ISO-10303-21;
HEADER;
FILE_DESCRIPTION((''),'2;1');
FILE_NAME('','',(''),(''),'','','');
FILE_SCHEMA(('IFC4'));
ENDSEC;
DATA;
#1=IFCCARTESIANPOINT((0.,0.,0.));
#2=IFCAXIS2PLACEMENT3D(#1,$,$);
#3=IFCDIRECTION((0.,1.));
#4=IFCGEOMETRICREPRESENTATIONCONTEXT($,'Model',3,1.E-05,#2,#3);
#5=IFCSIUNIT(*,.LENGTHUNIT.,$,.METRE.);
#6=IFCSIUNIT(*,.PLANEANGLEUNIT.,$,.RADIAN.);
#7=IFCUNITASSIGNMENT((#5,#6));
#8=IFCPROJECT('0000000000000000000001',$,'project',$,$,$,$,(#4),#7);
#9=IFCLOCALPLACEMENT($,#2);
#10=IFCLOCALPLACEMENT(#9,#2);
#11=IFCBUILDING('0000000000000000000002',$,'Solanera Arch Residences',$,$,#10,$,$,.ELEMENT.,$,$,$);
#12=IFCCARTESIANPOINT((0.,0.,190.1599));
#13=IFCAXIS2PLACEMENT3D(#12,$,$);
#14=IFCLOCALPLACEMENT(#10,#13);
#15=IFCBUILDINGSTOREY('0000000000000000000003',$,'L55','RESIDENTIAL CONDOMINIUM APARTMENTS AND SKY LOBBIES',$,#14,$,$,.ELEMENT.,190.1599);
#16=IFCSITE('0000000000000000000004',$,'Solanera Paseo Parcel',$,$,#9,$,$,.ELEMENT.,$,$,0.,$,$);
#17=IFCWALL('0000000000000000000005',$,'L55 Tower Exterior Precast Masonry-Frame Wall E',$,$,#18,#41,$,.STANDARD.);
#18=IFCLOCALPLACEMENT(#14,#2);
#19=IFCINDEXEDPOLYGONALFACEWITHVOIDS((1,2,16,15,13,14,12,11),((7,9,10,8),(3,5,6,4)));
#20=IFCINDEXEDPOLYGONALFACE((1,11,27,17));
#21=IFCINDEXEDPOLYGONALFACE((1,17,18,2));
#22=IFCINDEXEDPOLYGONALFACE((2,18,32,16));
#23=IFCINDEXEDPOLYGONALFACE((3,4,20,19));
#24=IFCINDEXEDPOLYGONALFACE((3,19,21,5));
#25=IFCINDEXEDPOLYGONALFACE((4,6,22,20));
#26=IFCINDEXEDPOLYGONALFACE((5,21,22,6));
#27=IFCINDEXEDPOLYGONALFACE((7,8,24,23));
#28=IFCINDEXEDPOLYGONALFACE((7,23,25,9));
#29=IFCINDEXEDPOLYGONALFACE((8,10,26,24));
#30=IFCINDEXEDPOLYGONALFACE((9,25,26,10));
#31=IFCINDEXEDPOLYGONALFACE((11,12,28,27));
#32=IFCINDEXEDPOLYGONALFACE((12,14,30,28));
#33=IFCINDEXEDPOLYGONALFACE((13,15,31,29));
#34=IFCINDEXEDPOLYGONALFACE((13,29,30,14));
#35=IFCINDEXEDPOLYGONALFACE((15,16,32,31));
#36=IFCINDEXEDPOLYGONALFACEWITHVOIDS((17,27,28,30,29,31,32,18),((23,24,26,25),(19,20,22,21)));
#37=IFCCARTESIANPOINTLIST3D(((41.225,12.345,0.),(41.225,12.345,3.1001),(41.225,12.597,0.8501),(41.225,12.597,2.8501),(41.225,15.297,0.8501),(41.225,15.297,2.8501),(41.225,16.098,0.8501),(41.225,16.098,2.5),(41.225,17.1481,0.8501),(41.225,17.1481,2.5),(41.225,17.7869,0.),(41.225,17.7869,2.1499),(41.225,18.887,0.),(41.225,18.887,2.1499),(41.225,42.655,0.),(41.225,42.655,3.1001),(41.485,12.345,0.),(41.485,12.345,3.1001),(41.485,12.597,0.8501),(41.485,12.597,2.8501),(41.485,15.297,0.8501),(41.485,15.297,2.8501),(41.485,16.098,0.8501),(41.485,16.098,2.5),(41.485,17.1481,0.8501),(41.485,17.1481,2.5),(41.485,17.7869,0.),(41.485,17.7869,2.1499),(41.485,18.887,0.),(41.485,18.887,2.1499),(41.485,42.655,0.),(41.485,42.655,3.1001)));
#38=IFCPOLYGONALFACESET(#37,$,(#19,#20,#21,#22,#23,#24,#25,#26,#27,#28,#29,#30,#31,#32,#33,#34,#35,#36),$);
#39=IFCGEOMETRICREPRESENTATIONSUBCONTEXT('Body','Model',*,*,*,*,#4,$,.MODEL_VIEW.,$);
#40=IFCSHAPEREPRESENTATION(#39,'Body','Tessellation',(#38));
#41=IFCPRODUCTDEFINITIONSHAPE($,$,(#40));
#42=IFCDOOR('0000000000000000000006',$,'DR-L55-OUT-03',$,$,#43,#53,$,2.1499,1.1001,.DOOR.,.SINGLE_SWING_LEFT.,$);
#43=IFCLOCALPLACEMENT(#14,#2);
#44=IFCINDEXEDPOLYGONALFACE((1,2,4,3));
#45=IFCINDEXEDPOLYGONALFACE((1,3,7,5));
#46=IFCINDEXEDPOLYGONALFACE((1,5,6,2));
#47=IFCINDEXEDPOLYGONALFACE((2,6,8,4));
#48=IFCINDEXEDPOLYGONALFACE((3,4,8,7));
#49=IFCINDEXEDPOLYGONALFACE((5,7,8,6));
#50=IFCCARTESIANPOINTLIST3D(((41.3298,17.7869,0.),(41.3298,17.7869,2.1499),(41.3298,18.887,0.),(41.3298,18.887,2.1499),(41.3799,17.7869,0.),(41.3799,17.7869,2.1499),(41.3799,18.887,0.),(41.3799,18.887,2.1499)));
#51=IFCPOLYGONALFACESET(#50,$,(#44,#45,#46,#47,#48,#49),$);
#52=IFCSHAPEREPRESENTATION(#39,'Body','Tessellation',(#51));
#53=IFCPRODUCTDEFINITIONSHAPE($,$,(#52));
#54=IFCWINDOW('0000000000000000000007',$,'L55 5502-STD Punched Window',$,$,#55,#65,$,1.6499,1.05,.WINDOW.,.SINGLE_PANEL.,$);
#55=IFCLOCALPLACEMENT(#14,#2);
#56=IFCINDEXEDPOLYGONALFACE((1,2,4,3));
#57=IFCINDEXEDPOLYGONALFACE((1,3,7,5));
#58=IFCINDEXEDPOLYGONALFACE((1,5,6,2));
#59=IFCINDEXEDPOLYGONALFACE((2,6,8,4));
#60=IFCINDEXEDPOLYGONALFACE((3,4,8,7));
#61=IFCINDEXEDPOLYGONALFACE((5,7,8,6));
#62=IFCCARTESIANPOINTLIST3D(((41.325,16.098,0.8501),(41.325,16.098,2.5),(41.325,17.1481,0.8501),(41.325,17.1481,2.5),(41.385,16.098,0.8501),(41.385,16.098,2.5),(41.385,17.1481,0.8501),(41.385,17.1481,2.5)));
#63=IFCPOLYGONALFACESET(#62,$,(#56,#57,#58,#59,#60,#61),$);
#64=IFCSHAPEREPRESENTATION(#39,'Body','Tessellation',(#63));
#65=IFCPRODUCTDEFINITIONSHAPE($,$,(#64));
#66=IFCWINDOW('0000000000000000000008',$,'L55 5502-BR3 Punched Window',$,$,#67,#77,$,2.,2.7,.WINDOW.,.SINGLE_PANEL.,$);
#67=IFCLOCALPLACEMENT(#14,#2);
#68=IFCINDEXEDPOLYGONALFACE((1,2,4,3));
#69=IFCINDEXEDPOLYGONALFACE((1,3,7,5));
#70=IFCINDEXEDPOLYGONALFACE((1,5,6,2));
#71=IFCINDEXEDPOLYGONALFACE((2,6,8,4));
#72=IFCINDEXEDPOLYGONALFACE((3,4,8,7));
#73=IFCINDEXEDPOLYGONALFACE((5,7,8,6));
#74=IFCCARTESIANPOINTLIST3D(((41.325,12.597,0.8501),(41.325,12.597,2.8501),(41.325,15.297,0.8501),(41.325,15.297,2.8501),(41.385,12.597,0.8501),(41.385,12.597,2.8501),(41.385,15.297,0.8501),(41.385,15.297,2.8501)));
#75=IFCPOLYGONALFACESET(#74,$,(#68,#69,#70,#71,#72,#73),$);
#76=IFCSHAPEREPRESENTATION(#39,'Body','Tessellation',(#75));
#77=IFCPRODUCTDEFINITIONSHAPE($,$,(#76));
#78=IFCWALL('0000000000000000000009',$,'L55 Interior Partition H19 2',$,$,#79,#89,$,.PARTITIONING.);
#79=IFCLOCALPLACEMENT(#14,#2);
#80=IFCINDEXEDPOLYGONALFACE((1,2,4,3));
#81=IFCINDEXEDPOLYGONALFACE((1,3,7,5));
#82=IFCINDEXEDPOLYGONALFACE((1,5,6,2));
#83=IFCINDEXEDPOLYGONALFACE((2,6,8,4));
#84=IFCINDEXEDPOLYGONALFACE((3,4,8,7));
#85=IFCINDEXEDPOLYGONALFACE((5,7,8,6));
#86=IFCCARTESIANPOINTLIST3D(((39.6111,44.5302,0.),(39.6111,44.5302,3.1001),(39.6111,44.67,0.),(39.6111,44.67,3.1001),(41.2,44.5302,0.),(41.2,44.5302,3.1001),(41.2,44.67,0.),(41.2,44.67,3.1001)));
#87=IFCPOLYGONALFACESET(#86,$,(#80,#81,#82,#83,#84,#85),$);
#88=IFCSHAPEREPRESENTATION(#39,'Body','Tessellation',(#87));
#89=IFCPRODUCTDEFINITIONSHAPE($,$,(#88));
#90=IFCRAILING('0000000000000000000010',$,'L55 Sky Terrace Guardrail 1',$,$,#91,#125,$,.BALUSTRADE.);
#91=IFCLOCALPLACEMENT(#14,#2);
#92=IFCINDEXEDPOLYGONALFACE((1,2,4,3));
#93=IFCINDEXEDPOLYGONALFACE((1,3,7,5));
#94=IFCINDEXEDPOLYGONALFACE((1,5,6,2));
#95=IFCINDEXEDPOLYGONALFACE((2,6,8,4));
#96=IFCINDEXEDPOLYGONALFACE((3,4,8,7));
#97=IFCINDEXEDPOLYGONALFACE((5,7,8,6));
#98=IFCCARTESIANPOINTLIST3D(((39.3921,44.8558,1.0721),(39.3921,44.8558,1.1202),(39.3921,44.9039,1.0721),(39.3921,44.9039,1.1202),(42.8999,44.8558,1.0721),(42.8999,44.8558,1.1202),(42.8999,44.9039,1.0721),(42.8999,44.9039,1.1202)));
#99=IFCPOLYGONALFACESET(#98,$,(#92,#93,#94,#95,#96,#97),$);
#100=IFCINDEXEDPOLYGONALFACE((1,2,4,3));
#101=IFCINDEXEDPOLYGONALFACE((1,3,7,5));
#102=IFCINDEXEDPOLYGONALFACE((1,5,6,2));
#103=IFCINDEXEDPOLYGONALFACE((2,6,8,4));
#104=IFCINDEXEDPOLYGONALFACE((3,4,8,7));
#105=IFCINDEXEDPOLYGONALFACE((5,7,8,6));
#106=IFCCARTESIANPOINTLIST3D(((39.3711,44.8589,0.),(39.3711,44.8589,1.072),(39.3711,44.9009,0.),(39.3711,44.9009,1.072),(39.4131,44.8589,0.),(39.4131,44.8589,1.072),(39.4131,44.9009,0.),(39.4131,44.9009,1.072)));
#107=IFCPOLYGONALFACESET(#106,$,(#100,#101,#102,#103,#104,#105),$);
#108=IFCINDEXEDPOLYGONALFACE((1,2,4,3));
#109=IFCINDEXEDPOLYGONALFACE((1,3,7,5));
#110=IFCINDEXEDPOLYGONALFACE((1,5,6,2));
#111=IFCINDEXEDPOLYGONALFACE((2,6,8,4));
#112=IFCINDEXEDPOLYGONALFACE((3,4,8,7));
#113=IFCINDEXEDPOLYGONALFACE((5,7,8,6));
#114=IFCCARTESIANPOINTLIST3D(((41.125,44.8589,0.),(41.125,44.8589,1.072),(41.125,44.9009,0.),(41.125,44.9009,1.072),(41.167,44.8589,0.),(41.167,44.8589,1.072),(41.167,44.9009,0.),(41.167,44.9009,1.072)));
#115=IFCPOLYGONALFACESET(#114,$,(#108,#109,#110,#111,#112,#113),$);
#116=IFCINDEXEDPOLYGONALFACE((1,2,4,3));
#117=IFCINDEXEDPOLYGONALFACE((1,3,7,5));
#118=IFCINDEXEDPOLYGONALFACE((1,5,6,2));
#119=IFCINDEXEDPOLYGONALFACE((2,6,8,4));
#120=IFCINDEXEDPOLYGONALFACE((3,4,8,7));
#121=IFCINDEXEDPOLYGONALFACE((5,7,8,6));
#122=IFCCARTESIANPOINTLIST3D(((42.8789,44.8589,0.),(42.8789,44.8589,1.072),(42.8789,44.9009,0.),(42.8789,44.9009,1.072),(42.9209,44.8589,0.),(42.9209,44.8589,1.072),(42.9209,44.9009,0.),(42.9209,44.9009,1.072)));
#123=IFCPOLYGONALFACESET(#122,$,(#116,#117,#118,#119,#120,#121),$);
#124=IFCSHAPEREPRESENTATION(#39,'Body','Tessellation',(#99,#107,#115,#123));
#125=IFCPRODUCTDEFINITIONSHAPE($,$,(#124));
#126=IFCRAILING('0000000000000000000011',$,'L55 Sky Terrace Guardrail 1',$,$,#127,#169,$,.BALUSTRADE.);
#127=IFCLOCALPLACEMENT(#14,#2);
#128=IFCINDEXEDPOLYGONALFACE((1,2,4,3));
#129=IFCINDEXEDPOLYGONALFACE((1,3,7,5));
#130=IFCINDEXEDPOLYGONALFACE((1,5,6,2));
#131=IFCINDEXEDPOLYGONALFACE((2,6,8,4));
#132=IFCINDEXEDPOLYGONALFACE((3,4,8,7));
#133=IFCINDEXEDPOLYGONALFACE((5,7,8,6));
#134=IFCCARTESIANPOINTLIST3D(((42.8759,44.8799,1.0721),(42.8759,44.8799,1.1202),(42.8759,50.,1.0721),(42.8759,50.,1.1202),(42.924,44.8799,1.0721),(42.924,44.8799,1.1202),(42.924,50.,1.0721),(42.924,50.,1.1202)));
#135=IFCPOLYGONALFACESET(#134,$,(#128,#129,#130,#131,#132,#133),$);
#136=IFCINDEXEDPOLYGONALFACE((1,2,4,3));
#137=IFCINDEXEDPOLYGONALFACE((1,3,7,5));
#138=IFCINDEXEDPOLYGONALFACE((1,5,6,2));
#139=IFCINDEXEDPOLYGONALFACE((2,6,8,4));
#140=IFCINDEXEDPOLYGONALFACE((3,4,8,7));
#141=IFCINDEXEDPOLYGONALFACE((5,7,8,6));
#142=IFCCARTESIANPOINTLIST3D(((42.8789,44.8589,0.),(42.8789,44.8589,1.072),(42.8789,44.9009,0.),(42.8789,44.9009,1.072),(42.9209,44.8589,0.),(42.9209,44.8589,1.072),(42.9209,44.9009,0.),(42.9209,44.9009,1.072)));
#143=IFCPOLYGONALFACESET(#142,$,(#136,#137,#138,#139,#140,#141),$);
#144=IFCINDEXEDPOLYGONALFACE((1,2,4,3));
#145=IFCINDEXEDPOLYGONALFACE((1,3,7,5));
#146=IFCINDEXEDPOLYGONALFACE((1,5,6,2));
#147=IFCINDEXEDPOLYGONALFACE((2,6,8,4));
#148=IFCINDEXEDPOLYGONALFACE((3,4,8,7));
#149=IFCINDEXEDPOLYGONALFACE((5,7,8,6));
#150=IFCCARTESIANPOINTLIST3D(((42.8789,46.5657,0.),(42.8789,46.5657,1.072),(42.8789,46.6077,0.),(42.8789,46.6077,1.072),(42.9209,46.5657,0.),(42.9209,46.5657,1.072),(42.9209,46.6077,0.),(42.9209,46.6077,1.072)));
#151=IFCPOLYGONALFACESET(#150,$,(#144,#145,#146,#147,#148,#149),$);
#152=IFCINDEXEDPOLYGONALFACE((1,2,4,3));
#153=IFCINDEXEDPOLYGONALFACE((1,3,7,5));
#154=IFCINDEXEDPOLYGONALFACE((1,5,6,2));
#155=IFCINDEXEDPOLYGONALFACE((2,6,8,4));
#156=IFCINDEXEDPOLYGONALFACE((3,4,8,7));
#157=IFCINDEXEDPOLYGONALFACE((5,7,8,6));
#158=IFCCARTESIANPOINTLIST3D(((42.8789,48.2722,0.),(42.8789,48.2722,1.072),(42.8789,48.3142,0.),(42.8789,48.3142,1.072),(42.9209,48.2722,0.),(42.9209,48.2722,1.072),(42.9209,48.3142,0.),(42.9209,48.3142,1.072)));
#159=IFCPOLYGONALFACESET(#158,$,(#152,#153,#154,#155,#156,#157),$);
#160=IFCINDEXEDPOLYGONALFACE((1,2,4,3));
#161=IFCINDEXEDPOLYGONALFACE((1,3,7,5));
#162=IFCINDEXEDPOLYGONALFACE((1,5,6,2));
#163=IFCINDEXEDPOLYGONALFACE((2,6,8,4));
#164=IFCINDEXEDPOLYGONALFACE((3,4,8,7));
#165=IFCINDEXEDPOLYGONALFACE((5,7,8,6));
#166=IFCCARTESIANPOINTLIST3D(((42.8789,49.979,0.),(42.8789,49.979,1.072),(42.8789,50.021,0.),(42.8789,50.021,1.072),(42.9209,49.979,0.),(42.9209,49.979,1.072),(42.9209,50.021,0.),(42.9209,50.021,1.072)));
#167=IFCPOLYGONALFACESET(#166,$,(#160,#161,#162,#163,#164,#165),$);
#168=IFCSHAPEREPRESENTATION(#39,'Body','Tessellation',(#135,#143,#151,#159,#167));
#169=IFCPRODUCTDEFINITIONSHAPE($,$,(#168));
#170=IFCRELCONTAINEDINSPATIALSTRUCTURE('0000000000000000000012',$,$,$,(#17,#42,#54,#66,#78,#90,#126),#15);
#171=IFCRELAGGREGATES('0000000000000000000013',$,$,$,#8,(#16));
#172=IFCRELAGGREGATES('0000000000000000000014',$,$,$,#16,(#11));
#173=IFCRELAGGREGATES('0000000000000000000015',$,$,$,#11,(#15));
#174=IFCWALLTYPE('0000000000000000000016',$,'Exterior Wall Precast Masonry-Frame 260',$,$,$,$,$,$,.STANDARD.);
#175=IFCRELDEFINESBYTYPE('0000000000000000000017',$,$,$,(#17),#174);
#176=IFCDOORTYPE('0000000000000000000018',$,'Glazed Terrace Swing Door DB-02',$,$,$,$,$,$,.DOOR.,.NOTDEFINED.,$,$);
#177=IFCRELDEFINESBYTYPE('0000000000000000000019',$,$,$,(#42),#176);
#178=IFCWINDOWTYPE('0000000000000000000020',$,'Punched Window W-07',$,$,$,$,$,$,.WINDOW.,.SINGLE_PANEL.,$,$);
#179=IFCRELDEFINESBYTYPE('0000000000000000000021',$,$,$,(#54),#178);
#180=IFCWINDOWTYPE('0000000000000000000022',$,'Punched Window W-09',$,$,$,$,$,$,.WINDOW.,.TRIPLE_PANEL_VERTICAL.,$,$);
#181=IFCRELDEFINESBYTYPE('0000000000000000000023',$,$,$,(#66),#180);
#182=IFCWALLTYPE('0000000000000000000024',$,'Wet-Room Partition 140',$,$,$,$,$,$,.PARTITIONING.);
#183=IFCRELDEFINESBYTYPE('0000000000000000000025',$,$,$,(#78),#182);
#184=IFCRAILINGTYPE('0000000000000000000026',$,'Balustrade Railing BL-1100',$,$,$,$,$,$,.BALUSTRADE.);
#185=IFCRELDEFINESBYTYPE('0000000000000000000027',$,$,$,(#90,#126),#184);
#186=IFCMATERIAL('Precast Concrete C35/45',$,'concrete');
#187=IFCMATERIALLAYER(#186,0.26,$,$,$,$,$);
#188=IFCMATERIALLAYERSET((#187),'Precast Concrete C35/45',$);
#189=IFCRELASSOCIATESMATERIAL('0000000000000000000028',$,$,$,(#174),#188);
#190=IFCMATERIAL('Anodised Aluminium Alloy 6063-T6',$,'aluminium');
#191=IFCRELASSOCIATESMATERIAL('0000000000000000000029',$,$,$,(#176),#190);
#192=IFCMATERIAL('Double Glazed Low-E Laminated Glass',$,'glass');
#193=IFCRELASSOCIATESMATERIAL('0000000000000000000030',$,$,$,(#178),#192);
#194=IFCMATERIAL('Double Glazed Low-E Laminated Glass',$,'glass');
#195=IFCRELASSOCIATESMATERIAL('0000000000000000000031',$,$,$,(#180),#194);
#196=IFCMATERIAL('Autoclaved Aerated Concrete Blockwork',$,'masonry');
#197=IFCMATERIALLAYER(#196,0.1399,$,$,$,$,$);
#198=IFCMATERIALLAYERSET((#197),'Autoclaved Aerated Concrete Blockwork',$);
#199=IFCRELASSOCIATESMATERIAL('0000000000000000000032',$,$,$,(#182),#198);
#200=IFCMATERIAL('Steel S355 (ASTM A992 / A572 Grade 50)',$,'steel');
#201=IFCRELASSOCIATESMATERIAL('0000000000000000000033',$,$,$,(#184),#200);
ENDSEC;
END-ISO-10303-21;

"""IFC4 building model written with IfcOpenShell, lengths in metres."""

from ifc_helpers import new_model, si_unit, direction, frame, frame_2d, origin, origin_2d, place, context, subcontext, project, spatial, rectangle, extrude, material, layer, layer_set, type_object, element, fill, save


model = new_model("IFC4")

# Units and contexts
model_context = context("Model", 3, precision=1e-05, world=origin(), true_north=direction((0.0, 1.0)))
body_context = subcontext(model_context, "Body", "Model", "MODEL_VIEW")
ifc_project = project(units=[si_unit("LENGTHUNIT", "METRE"), si_unit("PLANEANGLEUNIT", "RADIAN")], contexts=[model_context])

# Site, building, storey
site_placement = place(None, origin())
site = spatial("IfcSite", under=ifc_project, at=site_placement, Name="Solanera Paseo Parcel", CompositionType="ELEMENT", RefElevation=0.0)
building_placement = place(site_placement, origin())
building = spatial("IfcBuilding", under=site, at=building_placement, Name="Solanera Arch Residences", CompositionType="ELEMENT")
storey_placement = place(building_placement, frame((0.0, 0.0, 190.1599)))
storey = spatial("IfcBuildingStorey", under=building, at=storey_placement, Name="L55", Description="RESIDENTIAL CONDOMINIUM APARTMENTS AND SKY LOBBIES", CompositionType="ELEMENT", Elevation=190.1599)

# Shared definitions
ifc_material_1 = material(Name="Precast Concrete C35/45", Category="concrete")
ifc_layer_1 = layer(ifc_material_1, 0.26)
ifc_layer_set_1 = layer_set([ifc_layer_1], Name="Precast Concrete C35/45")
wall_type_1 = type_object("IfcWallType", Name="Exterior Wall Precast Masonry-Frame 260", PredefinedType="STANDARD", material=ifc_layer_set_1)

# Wall, openings, door, windows
wall_1_placement = place(storey_placement, frame((41.355, 42.655, 0.0), z_axis=(0.0, 0.0, 1.0), x_axis=(0.0, -1.0, 0.0)))
wall_1 = element("IfcWall", 1, at=wall_1_placement, inside=storey, type_object=wall_type_1, Name="L55 Tower Exterior Precast Masonry-Frame Wall E", PredefinedType="STANDARD", context=body_context, shape_type="SweptSolid", body=[
    extrude(rectangle(XDim=30.3101, YDim=0.26, at=frame_2d((15.155, 0.0))), origin(), (0.0, 0.0, 1.0), 3.1001),
])
opening_1_placement = place(wall_1_placement, frame((23.7681, 0.0, 0.0)))
opening_1 = element("IfcOpeningElement", 2, at=opening_1_placement, cuts=wall_1, PredefinedType="OPENING", context=body_context, shape_type="SweptSolid", body=[
    extrude(rectangle(XDim=1.1001, YDim=2.1499, at=frame_2d((0.55, 1.075))), frame((0.0, 0.1399, 0.0), z_axis=(0.0, -1.0, 0.0), x_axis=(1.0, 0.0, 0.0)), (0.0, 0.0, 1.0), 0.28),
])
opening_2_placement = place(wall_1_placement, frame((25.5071, 0.0, 0.8501)))
opening_2 = element("IfcOpeningElement", 3, at=opening_2_placement, cuts=wall_1, PredefinedType="OPENING", context=body_context, shape_type="SweptSolid", body=[
    extrude(rectangle(XDim=1.05, YDim=1.6499, at=frame_2d((0.5249, 0.825))), frame((0.0, 0.1399, 0.0), z_axis=(0.0, -1.0, 0.0), x_axis=(1.0, 0.0, 0.0)), (0.0, 0.0, 1.0), 0.28),
])
opening_3_placement = place(wall_1_placement, frame((27.3579, 0.0, 0.8501)))
opening_3 = element("IfcOpeningElement", 4, at=opening_3_placement, cuts=wall_1, PredefinedType="OPENING", context=body_context, shape_type="SweptSolid", body=[
    extrude(rectangle(XDim=2.7, YDim=2.0, at=frame_2d((1.3501, 1.0))), frame((0.0, 0.1399, 0.0), z_axis=(0.0, -1.0, 0.0), x_axis=(1.0, 0.0, 0.0)), (0.0, 0.0, 1.0), 0.28),
])
ifc_material_2 = material(Name="Anodised Aluminium Alloy 6063-T6", Category="aluminium")
door_type = type_object("IfcDoorType", Name="Glazed Terrace Swing Door DB-02", OperationType="NOTDEFINED", PredefinedType="DOOR", material=ifc_material_2)
door_placement = place(opening_1_placement, origin())
door = element("IfcDoor", 5, at=door_placement, inside=storey, type_object=door_type, Name="DR-L55-OUT-03", OperationType="SINGLE_SWING_LEFT", OverallHeight=2.1499, OverallWidth=1.1001, PredefinedType="DOOR", context=body_context, shape_type="SweptSolid", body=[
    extrude(rectangle(XDim=1.1001, YDim=2.1499, at=frame_2d((0.55, 1.075))), frame((0.0, 0.0249, 0.0), z_axis=(0.0, -1.0, 0.0), x_axis=(1.0, 0.0, 0.0)), (0.0, 0.0, 1.0), 0.05),
])
fill(opening_1, door)
ifc_material_3 = material(Name="Double Glazed Low-E Laminated Glass", Category="glass")
window_type_1 = type_object("IfcWindowType", Name="Punched Window W-07", PartitioningType="SINGLE_PANEL", PredefinedType="WINDOW", material=ifc_material_3)
window_1_placement = place(opening_2_placement, origin())
window_1 = element("IfcWindow", 6, at=window_1_placement, inside=storey, type_object=window_type_1, Name="L55 5502-STD Punched Window", OverallHeight=1.6499, OverallWidth=1.05, PartitioningType="SINGLE_PANEL", PredefinedType="WINDOW", context=body_context, shape_type="SweptSolid", body=[
    extrude(rectangle(XDim=1.05, YDim=1.6499, at=frame_2d((0.5249, 0.825))), frame((0.0, 0.03, 0.0), z_axis=(0.0, -1.0, 0.0), x_axis=(1.0, 0.0, 0.0)), (0.0, 0.0, 1.0), 0.0601),
])
fill(opening_2, window_1)
ifc_material_4 = material(Name="Double Glazed Low-E Laminated Glass", Category="glass")
window_type_2 = type_object("IfcWindowType", Name="Punched Window W-09", PartitioningType="TRIPLE_PANEL_VERTICAL", PredefinedType="WINDOW", material=ifc_material_4)
window_2_placement = place(opening_3_placement, origin())
window_2 = element("IfcWindow", 7, at=window_2_placement, inside=storey, type_object=window_type_2, Name="L55 5502-BR3 Punched Window", OverallHeight=2.0, OverallWidth=2.7, PartitioningType="SINGLE_PANEL", PredefinedType="WINDOW", context=body_context, shape_type="SweptSolid", body=[
    extrude(rectangle(XDim=2.7, YDim=2.0, at=frame_2d((1.3501, 1.0))), frame((0.0, 0.03, 0.0), z_axis=(0.0, -1.0, 0.0), x_axis=(1.0, 0.0, 0.0)), (0.0, 0.0, 1.0), 0.0601),
])
fill(opening_3, window_2)

# Wall
ifc_material_5 = material(Name="Autoclaved Aerated Concrete Blockwork", Category="masonry")
ifc_layer_2 = layer(ifc_material_5, 0.1399)
ifc_layer_set_2 = layer_set([ifc_layer_2], Name="Autoclaved Aerated Concrete Blockwork")
wall_type_2 = type_object("IfcWallType", Name="Wet-Room Partition 140", PredefinedType="PARTITIONING", material=ifc_layer_set_2)
wall_2_placement = place(storey_placement, frame((39.6111, 44.6001, 0.0), z_axis=(0.0, 0.0, 1.0), x_axis=(1.0, 0.0, 0.0)))
element("IfcWall", 8, at=wall_2_placement, inside=storey, type_object=wall_type_2, Name="L55 Interior Partition H19 2", PredefinedType="PARTITIONING", context=body_context, shape_type="SweptSolid", body=[
    extrude(rectangle(XDim=1.5889, YDim=0.1399, at=frame_2d((0.7944, 0.0))), origin(), (0.0, 0.0, 1.0), 3.1001),
])

# Railings
ifc_material_6 = material(Name="Steel S355 (ASTM A992 / A572 Grade 50)", Category="steel")
railing_type = type_object("IfcRailingType", Name="Balustrade Railing BL-1100", PredefinedType="BALUSTRADE", material=ifc_material_6)
railing_1_placement = place(storey_placement, frame((39.3921, 44.8799, 0.0)))
element("IfcRailing", 9, at=railing_1_placement, inside=storey, type_object=railing_type, Name="L55 Sky Terrace Guardrail 1", PredefinedType="BALUSTRADE", context=body_context, shape_type="SweptSolid", body=[
    extrude(rectangle(XDim=0.0481, YDim=0.0481, at=origin_2d()), frame((0.0, 0.0, 1.0962), z_axis=(1.0, 0.0, 0.0), x_axis=(0.0, 1.0, 0.0)), (0.0, 0.0, 1.0), 3.5078),
    extrude(rectangle(XDim=0.042, YDim=0.042, at=origin_2d()), origin(), (0.0, 0.0, 1.0), 1.072),
    extrude(rectangle(XDim=0.042, YDim=0.042, at=origin_2d()), frame((1.7539, 0.0, 0.0)), (0.0, 0.0, 1.0), 1.072),
    extrude(rectangle(XDim=0.042, YDim=0.042, at=origin_2d()), frame((3.5078, 0.0, 0.0)), (0.0, 0.0, 1.0), 1.072),
])
railing_2_placement = place(storey_placement, frame((42.8999, 44.8799, 0.0)))
element("IfcRailing", 10, at=railing_2_placement, inside=storey, type_object=railing_type, Name="L55 Sky Terrace Guardrail 1", PredefinedType="BALUSTRADE", context=body_context, shape_type="SweptSolid", body=[
    extrude(rectangle(XDim=0.0481, YDim=0.0481, at=origin_2d()), frame((0.0, 0.0, 1.0962), z_axis=(0.0, 1.0, 0.0), x_axis=(-1.0, 0.0, 0.0)), (0.0, 0.0, 1.0), 5.1201),
    extrude(rectangle(XDim=0.042, YDim=0.042, at=origin_2d()), origin(), (0.0, 0.0, 1.0), 1.072),
    extrude(rectangle(XDim=0.042, YDim=0.042, at=origin_2d()), frame((0.0, 1.7068, 0.0)), (0.0, 0.0, 1.0), 1.072),
    extrude(rectangle(XDim=0.042, YDim=0.042, at=origin_2d()), frame((0.0, 3.4133, 0.0)), (0.0, 0.0, 1.0), 1.072),
    extrude(rectangle(XDim=0.042, YDim=0.042, at=origin_2d()), frame((0.0, 5.1201, 0.0)), (0.0, 0.0, 1.0), 1.072),
])

save(model, "model.ifc")
